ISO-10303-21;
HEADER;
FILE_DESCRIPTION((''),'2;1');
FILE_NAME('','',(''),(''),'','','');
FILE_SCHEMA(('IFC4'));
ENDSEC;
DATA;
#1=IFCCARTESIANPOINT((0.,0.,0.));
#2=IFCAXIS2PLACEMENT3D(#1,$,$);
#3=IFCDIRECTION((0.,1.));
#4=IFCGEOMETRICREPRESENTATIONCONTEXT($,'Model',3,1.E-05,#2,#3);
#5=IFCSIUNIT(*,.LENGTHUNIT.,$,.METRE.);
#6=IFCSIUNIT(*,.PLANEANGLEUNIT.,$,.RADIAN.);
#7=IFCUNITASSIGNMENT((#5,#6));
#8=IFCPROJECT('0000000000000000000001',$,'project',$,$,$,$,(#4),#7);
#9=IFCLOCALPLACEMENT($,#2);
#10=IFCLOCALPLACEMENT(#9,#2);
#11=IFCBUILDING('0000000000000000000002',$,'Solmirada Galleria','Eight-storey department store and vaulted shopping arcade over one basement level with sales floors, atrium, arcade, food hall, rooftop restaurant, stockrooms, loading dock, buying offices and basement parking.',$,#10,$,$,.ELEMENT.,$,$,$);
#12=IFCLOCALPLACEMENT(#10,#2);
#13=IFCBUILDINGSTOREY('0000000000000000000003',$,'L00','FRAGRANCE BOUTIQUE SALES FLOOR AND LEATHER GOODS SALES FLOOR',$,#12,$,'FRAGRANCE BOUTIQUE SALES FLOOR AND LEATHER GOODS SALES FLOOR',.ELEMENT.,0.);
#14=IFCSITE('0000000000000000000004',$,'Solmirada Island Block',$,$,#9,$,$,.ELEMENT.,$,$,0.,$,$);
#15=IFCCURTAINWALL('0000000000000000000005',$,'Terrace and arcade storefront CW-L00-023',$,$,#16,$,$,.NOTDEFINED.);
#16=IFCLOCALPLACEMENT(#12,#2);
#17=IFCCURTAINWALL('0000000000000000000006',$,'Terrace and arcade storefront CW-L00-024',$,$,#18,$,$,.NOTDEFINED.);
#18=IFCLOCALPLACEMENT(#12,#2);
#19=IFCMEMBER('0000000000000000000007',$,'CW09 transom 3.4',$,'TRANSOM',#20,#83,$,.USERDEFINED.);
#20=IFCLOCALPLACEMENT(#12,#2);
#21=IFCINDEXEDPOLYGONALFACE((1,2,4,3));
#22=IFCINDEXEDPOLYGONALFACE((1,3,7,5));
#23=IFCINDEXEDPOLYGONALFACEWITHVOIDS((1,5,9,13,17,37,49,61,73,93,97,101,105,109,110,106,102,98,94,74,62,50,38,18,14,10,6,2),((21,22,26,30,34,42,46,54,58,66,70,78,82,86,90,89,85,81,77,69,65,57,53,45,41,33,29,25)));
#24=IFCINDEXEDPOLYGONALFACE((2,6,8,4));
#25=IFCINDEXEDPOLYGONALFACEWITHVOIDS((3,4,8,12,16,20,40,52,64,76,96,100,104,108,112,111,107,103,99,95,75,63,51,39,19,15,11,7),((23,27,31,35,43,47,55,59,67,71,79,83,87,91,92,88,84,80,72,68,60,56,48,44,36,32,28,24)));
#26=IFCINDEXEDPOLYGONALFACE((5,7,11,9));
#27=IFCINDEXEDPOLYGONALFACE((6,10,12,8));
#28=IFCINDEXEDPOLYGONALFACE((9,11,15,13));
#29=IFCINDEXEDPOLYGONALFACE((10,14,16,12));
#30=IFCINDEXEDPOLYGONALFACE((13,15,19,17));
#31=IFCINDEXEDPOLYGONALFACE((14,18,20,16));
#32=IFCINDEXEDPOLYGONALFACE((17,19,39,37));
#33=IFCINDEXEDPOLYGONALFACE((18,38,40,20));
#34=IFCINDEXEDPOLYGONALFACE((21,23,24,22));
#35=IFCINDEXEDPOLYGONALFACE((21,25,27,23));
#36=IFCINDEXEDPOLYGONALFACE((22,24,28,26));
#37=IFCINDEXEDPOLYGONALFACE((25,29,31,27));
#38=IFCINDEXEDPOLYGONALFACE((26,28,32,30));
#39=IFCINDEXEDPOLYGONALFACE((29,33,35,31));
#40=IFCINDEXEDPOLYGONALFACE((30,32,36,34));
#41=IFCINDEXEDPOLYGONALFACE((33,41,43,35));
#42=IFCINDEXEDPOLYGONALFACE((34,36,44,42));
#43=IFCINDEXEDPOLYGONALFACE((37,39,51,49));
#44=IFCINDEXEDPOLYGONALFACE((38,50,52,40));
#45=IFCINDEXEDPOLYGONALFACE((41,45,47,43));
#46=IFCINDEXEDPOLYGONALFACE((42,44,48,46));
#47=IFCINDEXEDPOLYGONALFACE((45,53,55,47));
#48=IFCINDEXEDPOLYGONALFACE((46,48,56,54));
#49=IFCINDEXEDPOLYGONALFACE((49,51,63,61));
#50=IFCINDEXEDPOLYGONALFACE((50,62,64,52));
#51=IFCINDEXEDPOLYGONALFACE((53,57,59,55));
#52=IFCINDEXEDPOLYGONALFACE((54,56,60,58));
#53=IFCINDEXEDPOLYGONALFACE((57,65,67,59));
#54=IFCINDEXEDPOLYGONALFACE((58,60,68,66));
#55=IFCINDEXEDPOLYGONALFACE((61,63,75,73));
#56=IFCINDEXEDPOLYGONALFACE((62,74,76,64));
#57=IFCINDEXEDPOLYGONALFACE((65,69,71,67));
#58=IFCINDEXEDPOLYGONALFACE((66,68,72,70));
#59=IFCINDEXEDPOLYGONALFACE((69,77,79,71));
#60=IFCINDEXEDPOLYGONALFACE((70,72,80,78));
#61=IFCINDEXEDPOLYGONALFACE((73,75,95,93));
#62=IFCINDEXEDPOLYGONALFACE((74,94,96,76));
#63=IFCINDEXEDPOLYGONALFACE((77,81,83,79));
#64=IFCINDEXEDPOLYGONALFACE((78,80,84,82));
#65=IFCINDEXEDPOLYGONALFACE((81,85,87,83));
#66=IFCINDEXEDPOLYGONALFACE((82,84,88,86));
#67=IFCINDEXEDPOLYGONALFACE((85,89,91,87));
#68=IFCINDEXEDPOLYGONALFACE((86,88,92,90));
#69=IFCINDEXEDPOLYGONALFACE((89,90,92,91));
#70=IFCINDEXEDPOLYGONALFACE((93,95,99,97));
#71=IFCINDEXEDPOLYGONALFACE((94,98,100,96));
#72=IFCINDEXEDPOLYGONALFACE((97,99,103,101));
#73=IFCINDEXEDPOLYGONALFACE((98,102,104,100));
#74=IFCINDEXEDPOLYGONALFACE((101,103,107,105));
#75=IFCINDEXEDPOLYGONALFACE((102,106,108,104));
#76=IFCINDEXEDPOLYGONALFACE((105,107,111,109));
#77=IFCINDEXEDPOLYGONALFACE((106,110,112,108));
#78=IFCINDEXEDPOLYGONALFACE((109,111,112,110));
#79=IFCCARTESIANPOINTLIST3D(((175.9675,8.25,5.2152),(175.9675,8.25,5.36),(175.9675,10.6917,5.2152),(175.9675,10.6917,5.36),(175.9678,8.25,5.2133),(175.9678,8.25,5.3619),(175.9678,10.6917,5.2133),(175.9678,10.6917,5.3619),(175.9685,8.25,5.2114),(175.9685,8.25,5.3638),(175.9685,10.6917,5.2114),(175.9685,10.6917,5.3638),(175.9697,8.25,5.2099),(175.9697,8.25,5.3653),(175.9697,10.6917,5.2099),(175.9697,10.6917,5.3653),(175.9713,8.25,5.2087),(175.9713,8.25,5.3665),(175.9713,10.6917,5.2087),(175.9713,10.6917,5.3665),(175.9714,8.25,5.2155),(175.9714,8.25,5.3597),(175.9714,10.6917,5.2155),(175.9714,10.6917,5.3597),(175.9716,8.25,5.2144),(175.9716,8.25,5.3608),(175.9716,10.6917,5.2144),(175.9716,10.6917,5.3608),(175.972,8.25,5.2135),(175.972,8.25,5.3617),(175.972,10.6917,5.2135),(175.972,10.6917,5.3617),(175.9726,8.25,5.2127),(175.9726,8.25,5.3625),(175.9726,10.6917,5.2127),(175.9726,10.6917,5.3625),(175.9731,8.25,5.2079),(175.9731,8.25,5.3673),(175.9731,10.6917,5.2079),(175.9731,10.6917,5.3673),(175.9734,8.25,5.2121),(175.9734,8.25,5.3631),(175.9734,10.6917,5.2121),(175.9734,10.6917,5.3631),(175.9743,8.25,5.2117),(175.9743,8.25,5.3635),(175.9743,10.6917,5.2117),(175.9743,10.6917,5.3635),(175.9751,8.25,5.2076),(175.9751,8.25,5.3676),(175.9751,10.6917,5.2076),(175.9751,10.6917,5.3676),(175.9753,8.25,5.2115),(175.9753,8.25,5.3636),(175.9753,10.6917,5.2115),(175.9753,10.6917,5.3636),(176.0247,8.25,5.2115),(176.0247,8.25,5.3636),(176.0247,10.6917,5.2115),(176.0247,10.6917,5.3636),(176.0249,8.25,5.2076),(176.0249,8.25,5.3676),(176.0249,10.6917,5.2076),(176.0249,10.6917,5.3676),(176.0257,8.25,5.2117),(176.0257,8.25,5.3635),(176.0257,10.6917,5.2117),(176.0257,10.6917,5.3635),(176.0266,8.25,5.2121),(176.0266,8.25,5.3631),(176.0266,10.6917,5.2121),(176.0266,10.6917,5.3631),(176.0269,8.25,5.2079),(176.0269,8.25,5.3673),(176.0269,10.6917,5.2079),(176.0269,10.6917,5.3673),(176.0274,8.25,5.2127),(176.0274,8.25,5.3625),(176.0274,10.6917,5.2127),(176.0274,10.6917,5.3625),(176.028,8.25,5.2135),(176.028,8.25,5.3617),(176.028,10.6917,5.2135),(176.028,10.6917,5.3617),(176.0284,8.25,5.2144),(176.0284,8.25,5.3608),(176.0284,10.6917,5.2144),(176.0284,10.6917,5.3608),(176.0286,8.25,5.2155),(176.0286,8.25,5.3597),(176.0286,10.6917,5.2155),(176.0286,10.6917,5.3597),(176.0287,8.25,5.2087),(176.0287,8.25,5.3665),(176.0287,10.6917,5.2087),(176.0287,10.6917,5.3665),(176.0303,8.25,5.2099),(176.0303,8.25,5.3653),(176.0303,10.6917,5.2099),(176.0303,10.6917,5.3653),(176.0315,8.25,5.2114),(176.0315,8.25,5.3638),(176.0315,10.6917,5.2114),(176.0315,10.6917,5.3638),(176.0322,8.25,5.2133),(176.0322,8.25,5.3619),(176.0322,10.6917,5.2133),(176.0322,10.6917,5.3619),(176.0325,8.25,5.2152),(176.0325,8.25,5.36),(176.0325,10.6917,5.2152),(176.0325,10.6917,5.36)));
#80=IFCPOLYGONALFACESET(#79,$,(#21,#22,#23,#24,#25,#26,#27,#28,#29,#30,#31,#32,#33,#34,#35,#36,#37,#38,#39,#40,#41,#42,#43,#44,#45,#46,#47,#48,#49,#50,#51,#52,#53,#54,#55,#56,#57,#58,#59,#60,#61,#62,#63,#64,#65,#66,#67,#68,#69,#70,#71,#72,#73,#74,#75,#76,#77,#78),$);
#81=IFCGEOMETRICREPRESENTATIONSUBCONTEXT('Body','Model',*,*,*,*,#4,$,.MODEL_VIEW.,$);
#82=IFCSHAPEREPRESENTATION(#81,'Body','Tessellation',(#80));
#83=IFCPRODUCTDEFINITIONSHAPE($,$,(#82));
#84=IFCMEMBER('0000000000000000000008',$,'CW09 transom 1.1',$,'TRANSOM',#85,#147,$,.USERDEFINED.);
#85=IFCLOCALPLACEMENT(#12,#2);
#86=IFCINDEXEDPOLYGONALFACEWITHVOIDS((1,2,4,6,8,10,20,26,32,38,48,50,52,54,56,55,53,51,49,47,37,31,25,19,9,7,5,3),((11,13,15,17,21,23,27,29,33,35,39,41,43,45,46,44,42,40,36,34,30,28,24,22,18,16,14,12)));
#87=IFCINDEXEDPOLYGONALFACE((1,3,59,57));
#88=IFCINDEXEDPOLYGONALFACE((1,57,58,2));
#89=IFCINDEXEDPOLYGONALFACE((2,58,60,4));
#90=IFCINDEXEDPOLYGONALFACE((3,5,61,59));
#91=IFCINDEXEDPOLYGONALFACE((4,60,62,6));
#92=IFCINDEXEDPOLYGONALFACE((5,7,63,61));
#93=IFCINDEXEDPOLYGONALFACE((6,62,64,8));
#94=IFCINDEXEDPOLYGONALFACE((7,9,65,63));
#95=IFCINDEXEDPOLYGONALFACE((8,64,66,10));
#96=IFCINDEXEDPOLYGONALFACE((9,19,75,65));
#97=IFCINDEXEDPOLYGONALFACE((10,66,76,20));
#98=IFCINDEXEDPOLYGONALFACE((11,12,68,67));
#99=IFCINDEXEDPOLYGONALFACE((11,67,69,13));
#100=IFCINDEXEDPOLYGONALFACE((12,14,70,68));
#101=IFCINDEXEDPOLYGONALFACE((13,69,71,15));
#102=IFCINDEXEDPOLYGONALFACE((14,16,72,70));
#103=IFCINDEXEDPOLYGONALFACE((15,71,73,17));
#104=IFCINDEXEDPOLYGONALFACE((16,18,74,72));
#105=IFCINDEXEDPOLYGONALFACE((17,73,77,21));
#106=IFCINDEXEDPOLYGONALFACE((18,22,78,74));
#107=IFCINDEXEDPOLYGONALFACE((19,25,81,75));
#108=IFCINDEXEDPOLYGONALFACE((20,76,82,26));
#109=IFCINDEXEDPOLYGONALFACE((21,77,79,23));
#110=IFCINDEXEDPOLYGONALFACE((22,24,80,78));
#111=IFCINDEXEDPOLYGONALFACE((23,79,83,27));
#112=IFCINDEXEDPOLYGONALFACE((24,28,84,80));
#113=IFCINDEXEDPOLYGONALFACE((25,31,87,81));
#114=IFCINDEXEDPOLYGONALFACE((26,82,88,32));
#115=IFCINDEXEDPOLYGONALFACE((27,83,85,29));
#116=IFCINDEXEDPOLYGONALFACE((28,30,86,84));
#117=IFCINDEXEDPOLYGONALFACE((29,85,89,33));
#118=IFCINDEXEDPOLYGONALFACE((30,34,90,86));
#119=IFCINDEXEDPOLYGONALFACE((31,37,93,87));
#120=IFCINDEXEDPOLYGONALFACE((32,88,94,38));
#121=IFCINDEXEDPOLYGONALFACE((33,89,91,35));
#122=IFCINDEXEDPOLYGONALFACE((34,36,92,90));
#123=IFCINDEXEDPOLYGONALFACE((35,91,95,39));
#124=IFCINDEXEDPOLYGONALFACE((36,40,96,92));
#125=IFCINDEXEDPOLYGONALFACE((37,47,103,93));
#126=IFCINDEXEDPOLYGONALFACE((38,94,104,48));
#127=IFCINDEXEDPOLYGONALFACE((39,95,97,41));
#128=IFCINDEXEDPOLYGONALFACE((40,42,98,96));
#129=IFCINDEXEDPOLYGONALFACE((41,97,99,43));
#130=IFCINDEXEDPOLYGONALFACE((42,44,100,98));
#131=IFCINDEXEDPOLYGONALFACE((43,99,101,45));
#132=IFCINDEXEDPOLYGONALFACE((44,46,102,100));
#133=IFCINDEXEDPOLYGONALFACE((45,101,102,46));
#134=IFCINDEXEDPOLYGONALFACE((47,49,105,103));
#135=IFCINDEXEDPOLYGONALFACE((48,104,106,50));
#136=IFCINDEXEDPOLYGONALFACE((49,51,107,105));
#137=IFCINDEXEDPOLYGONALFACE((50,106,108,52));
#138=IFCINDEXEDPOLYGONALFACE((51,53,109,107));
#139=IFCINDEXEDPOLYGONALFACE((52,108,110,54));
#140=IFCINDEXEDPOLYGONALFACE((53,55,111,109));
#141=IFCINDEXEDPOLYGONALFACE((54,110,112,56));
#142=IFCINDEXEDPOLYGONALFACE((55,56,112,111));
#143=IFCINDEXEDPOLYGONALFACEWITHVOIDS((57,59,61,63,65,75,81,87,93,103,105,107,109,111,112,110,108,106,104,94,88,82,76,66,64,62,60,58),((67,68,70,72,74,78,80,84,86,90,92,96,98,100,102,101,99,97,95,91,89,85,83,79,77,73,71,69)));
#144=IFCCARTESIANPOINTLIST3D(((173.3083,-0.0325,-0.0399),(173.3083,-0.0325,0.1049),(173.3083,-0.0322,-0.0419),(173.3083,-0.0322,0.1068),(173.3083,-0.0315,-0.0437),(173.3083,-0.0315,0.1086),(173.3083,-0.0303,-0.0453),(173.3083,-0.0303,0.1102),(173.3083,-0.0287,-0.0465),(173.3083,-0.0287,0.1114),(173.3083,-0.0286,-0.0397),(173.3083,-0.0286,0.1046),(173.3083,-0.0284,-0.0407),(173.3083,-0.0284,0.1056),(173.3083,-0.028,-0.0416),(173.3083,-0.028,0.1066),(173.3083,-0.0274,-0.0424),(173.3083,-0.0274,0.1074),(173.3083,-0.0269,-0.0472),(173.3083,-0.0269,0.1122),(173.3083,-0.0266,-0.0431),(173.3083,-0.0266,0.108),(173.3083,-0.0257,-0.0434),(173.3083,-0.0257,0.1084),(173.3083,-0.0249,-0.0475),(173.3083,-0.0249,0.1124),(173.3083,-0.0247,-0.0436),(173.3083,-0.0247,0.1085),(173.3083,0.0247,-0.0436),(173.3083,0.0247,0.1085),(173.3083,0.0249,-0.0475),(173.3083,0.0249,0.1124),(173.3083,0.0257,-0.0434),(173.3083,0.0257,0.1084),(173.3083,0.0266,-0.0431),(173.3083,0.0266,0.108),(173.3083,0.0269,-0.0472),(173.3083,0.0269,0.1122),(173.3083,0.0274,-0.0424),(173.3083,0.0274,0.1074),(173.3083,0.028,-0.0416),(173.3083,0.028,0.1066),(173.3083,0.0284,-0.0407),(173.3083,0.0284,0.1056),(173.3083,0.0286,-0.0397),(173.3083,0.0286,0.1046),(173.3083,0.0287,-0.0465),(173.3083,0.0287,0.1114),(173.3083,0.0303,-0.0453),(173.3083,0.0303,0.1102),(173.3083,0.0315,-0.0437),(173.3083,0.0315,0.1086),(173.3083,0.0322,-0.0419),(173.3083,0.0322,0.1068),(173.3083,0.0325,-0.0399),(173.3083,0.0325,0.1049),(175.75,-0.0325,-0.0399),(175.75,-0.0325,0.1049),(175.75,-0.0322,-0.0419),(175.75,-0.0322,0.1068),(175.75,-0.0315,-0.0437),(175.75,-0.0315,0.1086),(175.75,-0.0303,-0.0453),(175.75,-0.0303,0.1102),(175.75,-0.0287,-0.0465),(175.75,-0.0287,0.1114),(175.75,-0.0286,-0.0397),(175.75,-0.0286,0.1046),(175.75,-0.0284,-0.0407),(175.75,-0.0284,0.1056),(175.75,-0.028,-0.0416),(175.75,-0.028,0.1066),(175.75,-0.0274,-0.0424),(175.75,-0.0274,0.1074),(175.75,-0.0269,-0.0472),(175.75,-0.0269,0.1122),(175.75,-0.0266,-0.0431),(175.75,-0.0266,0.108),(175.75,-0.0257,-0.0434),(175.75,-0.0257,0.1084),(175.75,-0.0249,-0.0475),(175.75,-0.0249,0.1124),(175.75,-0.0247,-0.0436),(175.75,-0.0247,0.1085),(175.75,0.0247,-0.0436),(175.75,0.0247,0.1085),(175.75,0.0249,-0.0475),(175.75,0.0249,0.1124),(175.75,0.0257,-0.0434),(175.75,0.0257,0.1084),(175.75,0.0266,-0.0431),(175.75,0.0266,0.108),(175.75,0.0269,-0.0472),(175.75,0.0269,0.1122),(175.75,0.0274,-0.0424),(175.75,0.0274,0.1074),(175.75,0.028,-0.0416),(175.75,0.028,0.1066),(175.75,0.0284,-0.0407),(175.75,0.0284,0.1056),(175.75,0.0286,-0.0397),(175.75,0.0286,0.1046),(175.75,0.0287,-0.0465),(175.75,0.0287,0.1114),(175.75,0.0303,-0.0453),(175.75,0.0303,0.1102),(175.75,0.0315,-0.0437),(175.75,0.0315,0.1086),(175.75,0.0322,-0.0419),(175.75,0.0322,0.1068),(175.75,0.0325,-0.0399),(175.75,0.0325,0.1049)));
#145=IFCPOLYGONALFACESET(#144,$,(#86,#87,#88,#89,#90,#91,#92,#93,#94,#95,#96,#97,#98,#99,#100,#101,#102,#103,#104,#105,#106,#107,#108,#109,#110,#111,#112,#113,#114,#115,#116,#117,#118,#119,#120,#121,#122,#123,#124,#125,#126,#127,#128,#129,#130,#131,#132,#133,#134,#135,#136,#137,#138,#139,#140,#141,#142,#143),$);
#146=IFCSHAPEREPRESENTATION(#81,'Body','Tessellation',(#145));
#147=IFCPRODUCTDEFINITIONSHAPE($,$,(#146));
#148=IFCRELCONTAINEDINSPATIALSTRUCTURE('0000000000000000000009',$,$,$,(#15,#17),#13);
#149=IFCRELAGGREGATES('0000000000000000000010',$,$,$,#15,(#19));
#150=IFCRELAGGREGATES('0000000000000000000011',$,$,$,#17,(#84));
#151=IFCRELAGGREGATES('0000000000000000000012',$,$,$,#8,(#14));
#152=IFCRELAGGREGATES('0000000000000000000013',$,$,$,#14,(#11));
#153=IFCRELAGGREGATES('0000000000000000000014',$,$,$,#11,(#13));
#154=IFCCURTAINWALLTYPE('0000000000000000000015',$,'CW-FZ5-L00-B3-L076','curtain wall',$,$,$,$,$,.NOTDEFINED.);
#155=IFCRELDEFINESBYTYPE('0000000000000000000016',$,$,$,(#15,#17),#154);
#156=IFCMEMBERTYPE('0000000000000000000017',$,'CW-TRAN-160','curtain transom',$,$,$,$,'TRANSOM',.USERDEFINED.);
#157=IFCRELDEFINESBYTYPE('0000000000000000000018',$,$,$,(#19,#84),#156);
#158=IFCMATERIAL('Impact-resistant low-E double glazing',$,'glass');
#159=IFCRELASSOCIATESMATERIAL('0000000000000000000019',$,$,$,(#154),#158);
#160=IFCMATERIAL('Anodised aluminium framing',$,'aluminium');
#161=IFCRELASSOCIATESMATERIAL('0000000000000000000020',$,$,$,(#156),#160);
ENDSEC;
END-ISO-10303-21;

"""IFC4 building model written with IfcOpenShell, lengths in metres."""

from ifc_helpers import new_model, si_unit, direction, frame, origin, origin_2d, place, context, subcontext, project, spatial, hollow_rectangle, extrude, material, material_profile, profile_set, type_object, element, aggregate, save


model = new_model("IFC4")

# Units and contexts
model_context = context("Model", 3, precision=1e-05, world=origin(), true_north=direction((0.0, 1.0)))
body_context = subcontext(model_context, "Body", "Model", "MODEL_VIEW")
ifc_project = project(units=[si_unit("LENGTHUNIT", "METRE"), si_unit("PLANEANGLEUNIT", "RADIAN")], contexts=[model_context])

# Site, building, storey
site_placement = place(None, origin())
site = spatial("IfcSite", under=ifc_project, at=site_placement, Name="Solmirada Island Block", CompositionType="ELEMENT", RefElevation=0.0)
building_placement = place(site_placement, origin())
building = spatial("IfcBuilding", under=site, at=building_placement, Name="Solmirada Galleria", Description="Eight-storey department store and vaulted shopping arcade over one basement level with sales floors, atrium, arcade, food hall, rooftop restaurant, stockrooms, loading dock, buying offices and basement parking.", CompositionType="ELEMENT")
storey_placement = place(building_placement, origin())
storey = spatial("IfcBuildingStorey", under=building, at=storey_placement, Name="L00", Description="FRAGRANCE BOUTIQUE SALES FLOOR AND LEATHER GOODS SALES FLOOR", LongName="FRAGRANCE BOUTIQUE SALES FLOOR AND LEATHER GOODS SALES FLOOR", CompositionType="ELEMENT", Elevation=0.0)

# Curtain walls
ifc_material_1 = material(Name="Impact-resistant low-E double glazing", Category="glass")
curtain_wall_type = type_object("IfcCurtainWallType", Name="CW-FZ5-L00-B3-L076", Description="curtain wall", PredefinedType="NOTDEFINED", material=ifc_material_1)
curtain_wall_1_placement = place(storey_placement, origin())
curtain_wall_1 = element("IfcCurtainWall", 1, at=curtain_wall_1_placement, inside=storey, type_object=curtain_wall_type, Name="Terrace and arcade storefront CW-L00-023", PredefinedType="NOTDEFINED")
ifc_material_2 = material(Name="Anodised aluminium framing", Category="aluminium")
curtain_wall_2_placement = place(storey_placement, origin())
curtain_wall_2 = element("IfcCurtainWall", 2, at=curtain_wall_2_placement, inside=storey, type_object=curtain_wall_type, Name="Terrace and arcade storefront CW-L00-024", PredefinedType="NOTDEFINED")

# Members
ifc_material_profile_1 = material_profile(ifc_material_2, hollow_rectangle(XDim=0.0649, YDim=0.1599, WallThickness=0.0039, InnerFilletRadius=0.0039, OuterFilletRadius=0.0076, at=origin_2d()), Name="ALU-TRAN-160X65")
ifc_profile_set_1 = profile_set([ifc_material_profile_1], Name="Anodised aluminium framing")
member_type_1 = type_object("IfcMemberType", Name="CW-TRAN-160", Description="curtain transom", ElementType="TRANSOM", PredefinedType="USERDEFINED", material=ifc_profile_set_1)
member_1_placement = place(storey_placement, frame((176.0, 10.6917, 5.2876), z_axis=(0.0, -1.0, 0.0), x_axis=(1.0, 0.0, 0.0)))
member_1 = element("IfcMember", 3, at=member_1_placement, type_object=member_type_1, Name="CW09 transom 3.4", ObjectType="TRANSOM", PredefinedType="USERDEFINED", context=body_context, shape_type="SweptSolid", body=[
    extrude(hollow_rectangle(XDim=0.0649, YDim=0.1599, WallThickness=0.0039, InnerFilletRadius=0.0039, OuterFilletRadius=0.0076, at=origin_2d()), origin(), (0.0, 0.0, 1.0), 2.4417),
])
member_2_placement = place(storey_placement, frame((175.75, 0.0, 0.0325), z_axis=(-1.0, 0.0, 0.0), x_axis=(0.0, -1.0, 0.0)))
member_2 = element("IfcMember", 4, at=member_2_placement, type_object=member_type_1, Name="CW09 transom 1.1", ObjectType="TRANSOM", PredefinedType="USERDEFINED", context=body_context, shape_type="SweptSolid", body=[
    extrude(hollow_rectangle(XDim=0.0649, YDim=0.1599, WallThickness=0.0039, InnerFilletRadius=0.0039, OuterFilletRadius=0.0076, at=origin_2d()), origin(), (0.0, 0.0, 1.0), 2.4417),
])

aggregate(curtain_wall_1, [member_1])
aggregate(curtain_wall_2, [member_2])

save(model, "model.ifc")
